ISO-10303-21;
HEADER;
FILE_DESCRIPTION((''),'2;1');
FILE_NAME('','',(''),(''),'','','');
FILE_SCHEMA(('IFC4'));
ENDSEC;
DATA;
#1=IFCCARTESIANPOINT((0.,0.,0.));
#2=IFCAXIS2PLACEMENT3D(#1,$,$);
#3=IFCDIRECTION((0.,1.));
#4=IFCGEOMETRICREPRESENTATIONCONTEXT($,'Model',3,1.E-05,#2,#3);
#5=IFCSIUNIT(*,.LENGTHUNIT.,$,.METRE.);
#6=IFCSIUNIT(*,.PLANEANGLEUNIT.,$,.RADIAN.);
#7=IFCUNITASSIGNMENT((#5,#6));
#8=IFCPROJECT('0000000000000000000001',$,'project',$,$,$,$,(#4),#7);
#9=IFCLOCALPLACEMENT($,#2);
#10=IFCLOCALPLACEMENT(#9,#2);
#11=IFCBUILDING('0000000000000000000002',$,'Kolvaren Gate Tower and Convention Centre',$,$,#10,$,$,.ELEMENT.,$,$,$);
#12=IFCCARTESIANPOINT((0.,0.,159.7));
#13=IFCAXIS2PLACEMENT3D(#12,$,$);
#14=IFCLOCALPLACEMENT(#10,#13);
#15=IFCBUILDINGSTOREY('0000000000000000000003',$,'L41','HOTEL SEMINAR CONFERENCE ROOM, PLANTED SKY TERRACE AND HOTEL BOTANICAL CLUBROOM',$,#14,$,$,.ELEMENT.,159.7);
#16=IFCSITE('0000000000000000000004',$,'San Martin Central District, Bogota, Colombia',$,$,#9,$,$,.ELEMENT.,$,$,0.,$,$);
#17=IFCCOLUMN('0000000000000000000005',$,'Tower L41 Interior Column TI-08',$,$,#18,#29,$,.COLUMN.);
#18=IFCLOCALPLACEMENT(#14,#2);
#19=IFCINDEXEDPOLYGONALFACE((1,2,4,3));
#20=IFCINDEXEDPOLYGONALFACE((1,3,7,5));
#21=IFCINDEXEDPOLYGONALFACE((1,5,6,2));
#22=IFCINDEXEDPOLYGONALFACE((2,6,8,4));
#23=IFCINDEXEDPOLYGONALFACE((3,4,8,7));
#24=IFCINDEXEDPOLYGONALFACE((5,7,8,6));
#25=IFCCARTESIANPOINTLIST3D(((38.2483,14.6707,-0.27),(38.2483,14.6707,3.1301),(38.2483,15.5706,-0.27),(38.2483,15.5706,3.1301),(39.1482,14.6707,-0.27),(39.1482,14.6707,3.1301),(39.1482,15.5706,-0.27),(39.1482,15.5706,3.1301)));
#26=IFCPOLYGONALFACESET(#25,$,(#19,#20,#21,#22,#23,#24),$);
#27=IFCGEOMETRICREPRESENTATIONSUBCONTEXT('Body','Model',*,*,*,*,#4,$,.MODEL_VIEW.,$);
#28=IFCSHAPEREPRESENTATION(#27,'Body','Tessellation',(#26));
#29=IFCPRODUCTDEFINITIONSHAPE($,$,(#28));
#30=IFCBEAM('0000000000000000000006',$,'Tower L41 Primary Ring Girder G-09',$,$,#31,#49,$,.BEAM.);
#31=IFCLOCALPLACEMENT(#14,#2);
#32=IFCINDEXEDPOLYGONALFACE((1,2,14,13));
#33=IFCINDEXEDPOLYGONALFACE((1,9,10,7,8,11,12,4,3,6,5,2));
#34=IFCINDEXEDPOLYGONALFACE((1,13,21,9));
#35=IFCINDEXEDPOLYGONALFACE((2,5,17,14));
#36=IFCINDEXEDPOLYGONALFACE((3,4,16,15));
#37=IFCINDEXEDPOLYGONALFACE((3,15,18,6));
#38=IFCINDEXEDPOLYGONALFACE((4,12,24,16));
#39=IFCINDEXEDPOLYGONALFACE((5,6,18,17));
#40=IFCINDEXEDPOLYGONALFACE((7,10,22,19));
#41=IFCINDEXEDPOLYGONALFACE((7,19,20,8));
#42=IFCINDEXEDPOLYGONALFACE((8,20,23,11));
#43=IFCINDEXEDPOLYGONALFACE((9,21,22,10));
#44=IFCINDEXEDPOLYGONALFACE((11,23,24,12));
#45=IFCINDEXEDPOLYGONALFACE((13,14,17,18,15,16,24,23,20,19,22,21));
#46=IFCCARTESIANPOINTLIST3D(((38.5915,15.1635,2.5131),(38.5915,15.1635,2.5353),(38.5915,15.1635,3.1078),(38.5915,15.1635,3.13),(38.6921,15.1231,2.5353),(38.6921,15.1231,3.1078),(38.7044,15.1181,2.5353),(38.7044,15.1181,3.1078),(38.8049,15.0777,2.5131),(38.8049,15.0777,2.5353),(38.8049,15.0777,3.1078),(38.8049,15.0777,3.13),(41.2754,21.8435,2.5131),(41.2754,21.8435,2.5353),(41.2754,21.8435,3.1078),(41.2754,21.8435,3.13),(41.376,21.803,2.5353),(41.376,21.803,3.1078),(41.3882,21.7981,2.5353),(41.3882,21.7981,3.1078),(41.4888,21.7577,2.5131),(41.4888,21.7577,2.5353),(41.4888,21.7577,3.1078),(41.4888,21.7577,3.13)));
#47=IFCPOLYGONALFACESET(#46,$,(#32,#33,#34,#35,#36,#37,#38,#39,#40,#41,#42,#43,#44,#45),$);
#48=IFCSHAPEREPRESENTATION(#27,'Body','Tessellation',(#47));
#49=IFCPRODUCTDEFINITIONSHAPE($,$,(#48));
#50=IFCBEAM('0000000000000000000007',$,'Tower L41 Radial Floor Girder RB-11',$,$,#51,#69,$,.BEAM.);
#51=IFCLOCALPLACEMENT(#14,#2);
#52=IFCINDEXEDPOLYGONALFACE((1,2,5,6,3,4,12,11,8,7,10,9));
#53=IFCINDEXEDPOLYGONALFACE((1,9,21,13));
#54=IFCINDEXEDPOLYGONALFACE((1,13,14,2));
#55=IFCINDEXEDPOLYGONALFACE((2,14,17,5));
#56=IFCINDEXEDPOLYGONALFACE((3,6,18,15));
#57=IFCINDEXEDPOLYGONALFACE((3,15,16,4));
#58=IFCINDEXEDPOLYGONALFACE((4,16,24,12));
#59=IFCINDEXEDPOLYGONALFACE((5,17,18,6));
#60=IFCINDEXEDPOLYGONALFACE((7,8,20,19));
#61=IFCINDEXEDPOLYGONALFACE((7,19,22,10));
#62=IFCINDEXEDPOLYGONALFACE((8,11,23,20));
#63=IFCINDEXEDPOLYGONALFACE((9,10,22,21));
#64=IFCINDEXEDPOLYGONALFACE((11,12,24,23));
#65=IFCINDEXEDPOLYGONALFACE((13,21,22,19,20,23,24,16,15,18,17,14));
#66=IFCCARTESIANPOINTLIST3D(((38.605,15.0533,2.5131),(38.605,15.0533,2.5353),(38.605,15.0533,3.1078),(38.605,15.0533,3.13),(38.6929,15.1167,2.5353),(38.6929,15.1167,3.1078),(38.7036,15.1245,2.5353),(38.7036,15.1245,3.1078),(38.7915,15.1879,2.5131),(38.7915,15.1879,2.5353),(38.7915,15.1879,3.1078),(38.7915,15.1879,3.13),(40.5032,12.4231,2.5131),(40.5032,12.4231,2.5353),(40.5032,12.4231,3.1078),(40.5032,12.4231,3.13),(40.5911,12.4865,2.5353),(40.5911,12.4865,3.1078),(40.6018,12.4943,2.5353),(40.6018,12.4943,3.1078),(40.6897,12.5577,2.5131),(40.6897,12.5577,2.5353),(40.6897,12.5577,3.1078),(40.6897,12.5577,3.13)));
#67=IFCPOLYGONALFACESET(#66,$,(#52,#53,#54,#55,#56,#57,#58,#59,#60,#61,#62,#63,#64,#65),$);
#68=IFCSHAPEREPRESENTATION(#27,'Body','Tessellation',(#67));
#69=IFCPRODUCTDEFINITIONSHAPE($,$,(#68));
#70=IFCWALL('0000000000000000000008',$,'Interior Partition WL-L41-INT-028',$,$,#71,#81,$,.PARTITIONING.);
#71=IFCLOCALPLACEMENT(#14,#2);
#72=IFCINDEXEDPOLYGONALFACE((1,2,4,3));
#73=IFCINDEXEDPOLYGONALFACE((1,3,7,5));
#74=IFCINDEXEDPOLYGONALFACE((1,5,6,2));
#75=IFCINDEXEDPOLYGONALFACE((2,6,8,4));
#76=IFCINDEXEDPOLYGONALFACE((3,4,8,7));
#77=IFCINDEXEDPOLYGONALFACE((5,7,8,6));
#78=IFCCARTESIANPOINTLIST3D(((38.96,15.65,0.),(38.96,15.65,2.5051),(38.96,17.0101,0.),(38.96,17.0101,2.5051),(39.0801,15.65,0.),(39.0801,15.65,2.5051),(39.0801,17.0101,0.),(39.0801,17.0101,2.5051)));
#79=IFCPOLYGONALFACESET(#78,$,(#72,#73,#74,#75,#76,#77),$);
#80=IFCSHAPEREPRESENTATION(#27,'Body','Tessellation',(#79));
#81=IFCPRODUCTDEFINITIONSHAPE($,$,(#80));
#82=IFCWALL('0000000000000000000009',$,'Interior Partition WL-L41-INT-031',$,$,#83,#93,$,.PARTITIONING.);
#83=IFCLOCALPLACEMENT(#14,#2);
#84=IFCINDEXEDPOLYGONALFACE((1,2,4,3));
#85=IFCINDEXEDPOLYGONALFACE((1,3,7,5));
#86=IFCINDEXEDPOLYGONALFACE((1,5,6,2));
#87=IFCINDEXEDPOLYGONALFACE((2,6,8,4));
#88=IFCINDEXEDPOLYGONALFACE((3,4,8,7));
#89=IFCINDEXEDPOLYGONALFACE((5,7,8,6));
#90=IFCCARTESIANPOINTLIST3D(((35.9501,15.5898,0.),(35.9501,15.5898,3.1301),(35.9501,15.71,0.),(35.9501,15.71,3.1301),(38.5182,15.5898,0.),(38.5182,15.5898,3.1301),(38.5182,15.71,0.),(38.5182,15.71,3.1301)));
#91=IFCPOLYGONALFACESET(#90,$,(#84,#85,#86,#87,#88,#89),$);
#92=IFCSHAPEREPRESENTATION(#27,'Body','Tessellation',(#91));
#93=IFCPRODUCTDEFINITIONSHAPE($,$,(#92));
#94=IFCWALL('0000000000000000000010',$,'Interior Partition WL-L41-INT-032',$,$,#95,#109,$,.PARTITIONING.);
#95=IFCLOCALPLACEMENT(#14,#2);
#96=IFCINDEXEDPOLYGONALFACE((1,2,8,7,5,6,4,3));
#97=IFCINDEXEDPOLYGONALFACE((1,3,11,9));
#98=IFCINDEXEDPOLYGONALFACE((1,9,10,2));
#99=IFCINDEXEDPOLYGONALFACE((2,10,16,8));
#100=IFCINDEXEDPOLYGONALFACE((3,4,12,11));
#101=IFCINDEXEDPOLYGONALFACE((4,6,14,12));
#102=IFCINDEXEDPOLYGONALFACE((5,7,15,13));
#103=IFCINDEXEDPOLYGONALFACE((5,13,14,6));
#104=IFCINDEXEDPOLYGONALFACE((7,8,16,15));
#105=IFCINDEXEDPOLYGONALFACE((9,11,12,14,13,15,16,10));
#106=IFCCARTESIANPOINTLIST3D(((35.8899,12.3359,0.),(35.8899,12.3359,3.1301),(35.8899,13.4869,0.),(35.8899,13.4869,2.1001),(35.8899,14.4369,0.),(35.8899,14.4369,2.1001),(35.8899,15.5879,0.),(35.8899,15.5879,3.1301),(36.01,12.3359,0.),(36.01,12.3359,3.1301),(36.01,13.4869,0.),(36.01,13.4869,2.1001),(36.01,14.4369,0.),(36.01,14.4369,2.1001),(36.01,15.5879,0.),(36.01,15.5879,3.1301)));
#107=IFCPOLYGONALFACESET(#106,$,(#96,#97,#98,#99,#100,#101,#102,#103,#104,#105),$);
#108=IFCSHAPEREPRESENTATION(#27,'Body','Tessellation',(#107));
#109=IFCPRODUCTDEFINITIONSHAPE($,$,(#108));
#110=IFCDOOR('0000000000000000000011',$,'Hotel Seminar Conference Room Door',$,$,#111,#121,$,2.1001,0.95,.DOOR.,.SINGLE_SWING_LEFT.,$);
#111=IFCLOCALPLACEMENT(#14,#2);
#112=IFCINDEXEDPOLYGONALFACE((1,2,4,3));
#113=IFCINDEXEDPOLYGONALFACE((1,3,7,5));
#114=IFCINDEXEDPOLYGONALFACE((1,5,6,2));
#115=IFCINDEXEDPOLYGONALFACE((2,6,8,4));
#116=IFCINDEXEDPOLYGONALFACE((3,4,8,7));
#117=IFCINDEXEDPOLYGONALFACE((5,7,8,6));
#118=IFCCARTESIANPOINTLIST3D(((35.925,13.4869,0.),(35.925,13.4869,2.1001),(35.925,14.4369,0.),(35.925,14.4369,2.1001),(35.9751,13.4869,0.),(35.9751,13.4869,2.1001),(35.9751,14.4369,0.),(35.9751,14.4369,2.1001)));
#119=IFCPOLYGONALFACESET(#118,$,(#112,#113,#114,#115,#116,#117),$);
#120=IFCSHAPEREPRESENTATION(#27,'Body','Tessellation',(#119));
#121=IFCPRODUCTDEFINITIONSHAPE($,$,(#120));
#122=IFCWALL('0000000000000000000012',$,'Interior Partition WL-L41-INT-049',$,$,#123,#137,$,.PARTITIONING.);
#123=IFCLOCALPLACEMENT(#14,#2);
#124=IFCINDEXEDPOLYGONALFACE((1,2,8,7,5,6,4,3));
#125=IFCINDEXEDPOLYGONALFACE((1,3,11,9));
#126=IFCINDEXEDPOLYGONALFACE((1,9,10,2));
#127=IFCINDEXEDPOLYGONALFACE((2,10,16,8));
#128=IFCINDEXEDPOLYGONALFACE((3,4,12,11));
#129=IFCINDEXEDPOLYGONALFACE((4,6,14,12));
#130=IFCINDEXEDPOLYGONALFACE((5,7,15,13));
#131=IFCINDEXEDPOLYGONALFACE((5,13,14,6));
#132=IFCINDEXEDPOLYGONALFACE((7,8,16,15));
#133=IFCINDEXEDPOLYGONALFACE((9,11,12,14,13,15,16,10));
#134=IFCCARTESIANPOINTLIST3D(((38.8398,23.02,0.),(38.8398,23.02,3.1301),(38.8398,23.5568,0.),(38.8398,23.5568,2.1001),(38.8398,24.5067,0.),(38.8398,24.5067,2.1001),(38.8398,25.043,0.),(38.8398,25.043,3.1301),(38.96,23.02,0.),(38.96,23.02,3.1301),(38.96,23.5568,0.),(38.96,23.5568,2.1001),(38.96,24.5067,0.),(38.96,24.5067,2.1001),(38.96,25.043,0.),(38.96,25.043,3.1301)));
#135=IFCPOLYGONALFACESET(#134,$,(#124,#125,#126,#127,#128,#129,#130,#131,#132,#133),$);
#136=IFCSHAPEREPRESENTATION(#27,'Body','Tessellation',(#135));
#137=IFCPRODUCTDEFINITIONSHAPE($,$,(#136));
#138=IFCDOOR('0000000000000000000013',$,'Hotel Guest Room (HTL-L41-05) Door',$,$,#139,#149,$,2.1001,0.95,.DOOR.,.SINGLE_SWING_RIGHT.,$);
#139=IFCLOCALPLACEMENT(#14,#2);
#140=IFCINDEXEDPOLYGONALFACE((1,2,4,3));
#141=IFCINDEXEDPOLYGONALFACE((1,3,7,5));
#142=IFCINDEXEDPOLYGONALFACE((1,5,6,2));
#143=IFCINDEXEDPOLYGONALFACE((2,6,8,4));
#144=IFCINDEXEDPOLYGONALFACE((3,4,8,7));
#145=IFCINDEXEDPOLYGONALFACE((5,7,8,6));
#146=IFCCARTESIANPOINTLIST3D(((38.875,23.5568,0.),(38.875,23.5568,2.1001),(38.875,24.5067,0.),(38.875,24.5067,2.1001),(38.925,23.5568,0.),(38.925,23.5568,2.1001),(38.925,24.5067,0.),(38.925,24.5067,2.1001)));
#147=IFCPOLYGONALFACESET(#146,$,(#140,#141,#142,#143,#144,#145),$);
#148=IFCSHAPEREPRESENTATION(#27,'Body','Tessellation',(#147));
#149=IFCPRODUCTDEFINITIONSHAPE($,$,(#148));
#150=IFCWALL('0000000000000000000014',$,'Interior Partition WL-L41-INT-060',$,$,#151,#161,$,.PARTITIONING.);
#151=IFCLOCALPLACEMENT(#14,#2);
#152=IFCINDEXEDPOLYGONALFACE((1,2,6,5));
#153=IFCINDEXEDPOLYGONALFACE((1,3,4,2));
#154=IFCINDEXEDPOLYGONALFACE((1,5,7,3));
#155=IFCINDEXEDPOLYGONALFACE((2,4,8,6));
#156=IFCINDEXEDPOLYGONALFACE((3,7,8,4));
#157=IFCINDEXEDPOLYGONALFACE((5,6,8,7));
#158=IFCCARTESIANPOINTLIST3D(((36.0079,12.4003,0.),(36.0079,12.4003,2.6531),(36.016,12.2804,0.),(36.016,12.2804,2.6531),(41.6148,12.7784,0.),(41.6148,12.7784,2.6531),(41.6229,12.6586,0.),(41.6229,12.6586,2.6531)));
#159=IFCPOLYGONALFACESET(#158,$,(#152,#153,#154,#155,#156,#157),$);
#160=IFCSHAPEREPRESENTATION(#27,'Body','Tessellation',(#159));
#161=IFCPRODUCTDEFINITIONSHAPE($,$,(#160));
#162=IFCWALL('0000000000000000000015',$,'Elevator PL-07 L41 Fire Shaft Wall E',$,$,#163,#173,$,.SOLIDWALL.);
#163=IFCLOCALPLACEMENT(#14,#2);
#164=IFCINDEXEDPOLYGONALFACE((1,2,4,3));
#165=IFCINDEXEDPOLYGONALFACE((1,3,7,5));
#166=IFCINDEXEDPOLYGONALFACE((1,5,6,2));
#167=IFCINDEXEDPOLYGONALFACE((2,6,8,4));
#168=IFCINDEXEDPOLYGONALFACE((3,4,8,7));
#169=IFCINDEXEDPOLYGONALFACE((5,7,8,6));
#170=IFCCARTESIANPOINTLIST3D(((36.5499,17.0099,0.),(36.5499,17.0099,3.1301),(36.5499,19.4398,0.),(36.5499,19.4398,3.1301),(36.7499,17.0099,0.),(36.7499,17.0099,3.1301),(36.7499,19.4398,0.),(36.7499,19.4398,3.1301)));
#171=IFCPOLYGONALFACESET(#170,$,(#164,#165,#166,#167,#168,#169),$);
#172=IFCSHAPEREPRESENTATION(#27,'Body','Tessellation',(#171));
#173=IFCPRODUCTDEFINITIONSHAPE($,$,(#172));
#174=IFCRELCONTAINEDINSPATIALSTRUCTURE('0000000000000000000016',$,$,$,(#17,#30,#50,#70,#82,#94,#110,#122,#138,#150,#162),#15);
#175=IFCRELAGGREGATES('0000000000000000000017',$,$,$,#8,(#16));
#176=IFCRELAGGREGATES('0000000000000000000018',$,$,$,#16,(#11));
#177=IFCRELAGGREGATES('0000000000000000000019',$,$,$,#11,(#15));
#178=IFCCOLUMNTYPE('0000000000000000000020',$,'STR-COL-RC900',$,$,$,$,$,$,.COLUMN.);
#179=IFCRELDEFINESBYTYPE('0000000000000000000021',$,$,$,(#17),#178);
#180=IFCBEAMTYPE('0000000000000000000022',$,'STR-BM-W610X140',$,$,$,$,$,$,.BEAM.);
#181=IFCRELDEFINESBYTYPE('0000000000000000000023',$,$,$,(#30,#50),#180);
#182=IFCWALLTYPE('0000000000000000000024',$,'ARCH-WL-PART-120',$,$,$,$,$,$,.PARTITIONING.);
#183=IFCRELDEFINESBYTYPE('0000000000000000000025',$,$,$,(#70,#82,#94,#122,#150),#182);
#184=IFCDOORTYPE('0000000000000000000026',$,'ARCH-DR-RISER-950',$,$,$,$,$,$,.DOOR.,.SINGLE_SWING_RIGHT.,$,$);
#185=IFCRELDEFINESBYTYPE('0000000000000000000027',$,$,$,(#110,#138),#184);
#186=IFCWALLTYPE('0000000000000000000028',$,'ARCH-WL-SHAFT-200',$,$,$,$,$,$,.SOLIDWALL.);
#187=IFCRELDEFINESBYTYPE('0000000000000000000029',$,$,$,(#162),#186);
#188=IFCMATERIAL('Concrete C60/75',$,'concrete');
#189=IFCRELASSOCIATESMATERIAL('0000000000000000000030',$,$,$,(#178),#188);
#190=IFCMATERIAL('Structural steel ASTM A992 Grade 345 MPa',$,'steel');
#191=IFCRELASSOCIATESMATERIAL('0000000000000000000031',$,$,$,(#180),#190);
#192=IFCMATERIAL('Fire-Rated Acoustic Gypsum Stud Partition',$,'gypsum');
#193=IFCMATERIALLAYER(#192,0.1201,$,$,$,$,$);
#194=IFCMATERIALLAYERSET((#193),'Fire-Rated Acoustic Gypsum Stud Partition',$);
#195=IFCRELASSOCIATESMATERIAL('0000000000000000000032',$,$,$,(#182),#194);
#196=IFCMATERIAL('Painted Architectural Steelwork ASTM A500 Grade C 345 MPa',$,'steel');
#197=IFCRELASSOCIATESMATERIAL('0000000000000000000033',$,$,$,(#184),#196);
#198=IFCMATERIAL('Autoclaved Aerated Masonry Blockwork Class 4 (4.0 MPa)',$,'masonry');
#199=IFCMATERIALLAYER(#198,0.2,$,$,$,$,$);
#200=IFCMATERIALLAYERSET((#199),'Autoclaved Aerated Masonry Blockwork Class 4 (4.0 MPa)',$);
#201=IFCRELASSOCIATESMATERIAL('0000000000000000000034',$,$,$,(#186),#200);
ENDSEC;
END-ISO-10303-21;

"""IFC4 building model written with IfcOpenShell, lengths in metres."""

from ifc_helpers import new_model, si_unit, direction, frame, frame_2d, origin, origin_2d, place, context, subcontext, project, spatial, rectangle, i_section, extrude, material, layer, layer_set, material_profile, profile_set, type_object, element, fill, save


model = new_model("IFC4")

# Units and contexts
model_context = context("Model", 3, precision=1e-05, world=origin(), true_north=direction((0.0, 1.0)))
body_context = subcontext(model_context, "Body", "Model", "MODEL_VIEW")
ifc_project = project(units=[si_unit("LENGTHUNIT", "METRE"), si_unit("PLANEANGLEUNIT", "RADIAN")], contexts=[model_context])

# Site, building, storey
site_placement = place(None, origin())
site = spatial("IfcSite", under=ifc_project, at=site_placement, Name="San Martin Central District, Bogota, Colombia", CompositionType="ELEMENT", RefElevation=0.0)
building_placement = place(site_placement, origin())
building = spatial("IfcBuilding", under=site, at=building_placement, Name="Kolvaren Gate Tower and Convention Centre", CompositionType="ELEMENT")
storey_placement = place(building_placement, frame((0.0, 0.0, 159.7)))
storey = spatial("IfcBuildingStorey", under=building, at=storey_placement, Name="L41", Description="HOTEL SEMINAR CONFERENCE ROOM, PLANTED SKY TERRACE AND HOTEL BOTANICAL CLUBROOM", CompositionType="ELEMENT", Elevation=159.7)

# Column
ifc_material_1 = material(Name="Concrete C60/75", Category="concrete")
ifc_material_profile_1 = material_profile(ifc_material_1, rectangle(XDim=0.8999, YDim=0.8999, at=origin_2d()), Name="RC-COL-900X900")
ifc_profile_set_1 = profile_set([ifc_material_profile_1], Name="Concrete C60/75")
column_type = type_object("IfcColumnType", Name="STR-COL-RC900", PredefinedType="COLUMN", material=ifc_profile_set_1)
column_placement = place(storey_placement, frame((38.6982, 15.1206, -0.27), z_axis=(0.0, 0.0, 1.0), x_axis=(1.0, 0.0, 0.0)))
element("IfcColumn", 1, at=column_placement, inside=storey, type_object=column_type, Name="Tower L41 Interior Column TI-08", PredefinedType="COLUMN", context=body_context, shape_type="SweptSolid", body=[
    extrude(rectangle(XDim=0.8999, YDim=0.8999, at=origin_2d()), origin(), (0.0, 0.0, 1.0), 3.4001),
])

# Beams
ifc_material_2 = material(Name="Structural steel ASTM A992 Grade 345 MPa", Category="steel")
ifc_material_profile_2 = material_profile(ifc_material_2, i_section(OverallWidth=0.23, OverallDepth=0.6169, WebThickness=0.0132, FlangeThickness=0.0222, at=origin_2d()), Name="W610X140")
ifc_profile_set_2 = profile_set([ifc_material_profile_2], Name="Structural steel ASTM A992 Grade 345 MPa")
beam_type = type_object("IfcBeamType", Name="STR-BM-W610X140", PredefinedType="BEAM", material=ifc_profile_set_2)
beam_1_placement = place(storey_placement, frame((38.6982, 15.1206, 2.8215), z_axis=(0.372811, 0.927907, 0.0), x_axis=(-0.927907, 0.372811, 0.0)))
element("IfcBeam", 2, at=beam_1_placement, inside=storey, type_object=beam_type, Name="Tower L41 Primary Ring Girder G-09", PredefinedType="BEAM", context=body_context, shape_type="SweptSolid", body=[
    extrude(i_section(OverallWidth=0.23, OverallDepth=0.6169, WebThickness=0.0132, FlangeThickness=0.0222, at=origin_2d()), origin(), (0.0, 0.0, 1.0), 7.199),
])
beam_2_placement = place(storey_placement, frame((38.6982, 15.1206, 2.8215), z_axis=(0.585218, -0.810876, 0.0), x_axis=(0.810876, 0.585218, 0.0)))
element("IfcBeam", 3, at=beam_2_placement, inside=storey, type_object=beam_type, Name="Tower L41 Radial Floor Girder RB-11", PredefinedType="BEAM", context=body_context, shape_type="SweptSolid", body=[
    extrude(i_section(OverallWidth=0.23, OverallDepth=0.6169, WebThickness=0.0132, FlangeThickness=0.0222, at=origin_2d()), origin(), (0.0, 0.0, 1.0), 3.2437),
])

# Walls
ifc_material_3 = material(Name="Fire-Rated Acoustic Gypsum Stud Partition", Category="gypsum")
ifc_layer_1 = layer(ifc_material_3, 0.1201)
ifc_layer_set_1 = layer_set([ifc_layer_1], Name="Fire-Rated Acoustic Gypsum Stud Partition")
wall_type_1 = type_object("IfcWallType", Name="ARCH-WL-PART-120", PredefinedType="PARTITIONING", material=ifc_layer_set_1)
wall_1_placement = place(storey_placement, frame((39.02, 15.6499, 0.0), z_axis=(0.0, 0.0, 1.0), x_axis=(0.0, 1.0, 0.0)))
element("IfcWall", 4, at=wall_1_placement, inside=storey, type_object=wall_type_1, Name="Interior Partition WL-L41-INT-028", PredefinedType="PARTITIONING", context=body_context, shape_type="SweptSolid", body=[
    extrude(rectangle(XDim=1.3601, YDim=0.1201, at=frame_2d((0.6802, 0.0))), origin(), (0.0, 0.0, 1.0), 2.5051),
])
wall_2_placement = place(storey_placement, frame((35.95, 15.6499, 0.0), z_axis=(0.0, 0.0, 1.0), x_axis=(1.0, 0.0, 0.0)))
element("IfcWall", 5, at=wall_2_placement, inside=storey, type_object=wall_type_1, Name="Interior Partition WL-L41-INT-031", PredefinedType="PARTITIONING", context=body_context, shape_type="SweptSolid", body=[
    extrude(rectangle(XDim=2.5681, YDim=0.1201, at=frame_2d((1.2842, 0.0))), origin(), (0.0, 0.0, 1.0), 3.1301),
])

# Walls, openings, doors
wall_3_placement = place(storey_placement, frame((35.95, 12.3359, 0.0), z_axis=(0.0, 0.0, 1.0), x_axis=(0.0, 1.0, 0.0)))
wall_3 = element("IfcWall", 6, at=wall_3_placement, inside=storey, type_object=wall_type_1, Name="Interior Partition WL-L41-INT-032", PredefinedType="PARTITIONING", context=body_context, shape_type="SweptSolid", body=[
    extrude(rectangle(XDim=3.252, YDim=0.1201, at=frame_2d((1.626, 0.0))), origin(), (0.0, 0.0, 1.0), 3.1301),
])
opening_1_placement = place(wall_3_placement, frame((1.1509, 0.0, 0.0)))
opening_1 = element("IfcOpeningElement", 7, at=opening_1_placement, cuts=wall_3, PredefinedType="OPENING", context=body_context, shape_type="SweptSolid", body=[
    extrude(rectangle(XDim=0.95, YDim=2.1001, at=frame_2d((0.4751, 1.05))), frame((0.0, 0.0701, 0.0), z_axis=(0.0, -1.0, 0.0), x_axis=(1.0, 0.0, 0.0)), (0.0, 0.0, 1.0), 0.1401),
])
ifc_material_4 = material(Name="Painted Architectural Steelwork ASTM A500 Grade C 345 MPa", Category="steel")
door_type_1 = type_object("IfcDoorType", Name="ARCH-DR-RISER-950", OperationType="SINGLE_SWING_RIGHT", PredefinedType="DOOR", material=ifc_material_4)
door_1_placement = place(opening_1_placement, origin())
door_1 = element("IfcDoor", 8, at=door_1_placement, inside=storey, type_object=door_type_1, Name="Hotel Seminar Conference Room Door", OperationType="SINGLE_SWING_LEFT", OverallHeight=2.1001, OverallWidth=0.95, PredefinedType="DOOR", context=body_context, shape_type="SweptSolid", body=[
    extrude(rectangle(XDim=0.95, YDim=2.1001, at=frame_2d((0.4751, 1.05))), frame((0.0, 0.0249, 0.0), z_axis=(0.0, -1.0, 0.0), x_axis=(1.0, 0.0, 0.0)), (0.0, 0.0, 1.0), 0.05),
])
fill(opening_1, door_1)
wall_4_placement = place(storey_placement, frame((38.8999, 23.02, 0.0), z_axis=(0.0, 0.0, 1.0), x_axis=(0.0, 1.0, 0.0)))
wall_4 = element("IfcWall", 9, at=wall_4_placement, inside=storey, type_object=wall_type_1, Name="Interior Partition WL-L41-INT-049", PredefinedType="PARTITIONING", context=body_context, shape_type="SweptSolid", body=[
    extrude(rectangle(XDim=2.0229, YDim=0.1201, at=frame_2d((1.0115, 0.0))), origin(), (0.0, 0.0, 1.0), 3.1301),
])
opening_2_placement = place(wall_4_placement, frame((0.5366, 0.0, 0.0)))
opening_2 = element("IfcOpeningElement", 10, at=opening_2_placement, cuts=wall_4, PredefinedType="OPENING", context=body_context, shape_type="SweptSolid", body=[
    extrude(rectangle(XDim=0.95, YDim=2.1001, at=frame_2d((0.4751, 1.05))), frame((0.0, 0.0701, 0.0), z_axis=(0.0, -1.0, 0.0), x_axis=(1.0, 0.0, 0.0)), (0.0, 0.0, 1.0), 0.1401),
])
door_2_placement = place(opening_2_placement, origin())
door_2 = element("IfcDoor", 11, at=door_2_placement, inside=storey, type_object=door_type_1, Name="Hotel Guest Room (HTL-L41-05) Door", OperationType="SINGLE_SWING_RIGHT", OverallHeight=2.1001, OverallWidth=0.95, PredefinedType="DOOR", context=body_context, shape_type="SweptSolid", body=[
    extrude(rectangle(XDim=0.95, YDim=2.1001, at=frame_2d((0.4751, 1.05))), frame((0.0, 0.0249, 0.0), z_axis=(0.0, -1.0, 0.0), x_axis=(1.0, 0.0, 0.0)), (0.0, 0.0, 1.0), 0.05),
])
fill(opening_2, door_2)

# Walls
wall_5_placement = place(storey_placement, frame((36.012, 12.3403, 0.0), z_axis=(0.0, 0.0, 1.0), x_axis=(0.997733, 0.067295, 0.0)))
element("IfcWall", 12, at=wall_5_placement, inside=storey, type_object=wall_type_1, Name="Interior Partition WL-L41-INT-060", PredefinedType="PARTITIONING", context=body_context, shape_type="SweptSolid", body=[
    extrude(rectangle(XDim=5.6196, YDim=0.1201, at=frame_2d((2.8098, 0.0))), origin(), (0.0, 0.0, 1.0), 2.6531),
])
ifc_material_5 = material(Name="Autoclaved Aerated Masonry Blockwork Class 4 (4.0 MPa)", Category="masonry")
ifc_layer_2 = layer(ifc_material_5, 0.2)
ifc_layer_set_2 = layer_set([ifc_layer_2], Name="Autoclaved Aerated Masonry Blockwork Class 4 (4.0 MPa)")
wall_type_2 = type_object("IfcWallType", Name="ARCH-WL-SHAFT-200", PredefinedType="SOLIDWALL", material=ifc_layer_set_2)
wall_6_placement = place(storey_placement, frame((36.6499, 17.01, 0.0), z_axis=(0.0, 0.0, 1.0), x_axis=(0.0, 1.0, 0.0)))
element("IfcWall", 13, at=wall_6_placement, inside=storey, type_object=wall_type_2, Name="Elevator PL-07 L41 Fire Shaft Wall E", PredefinedType="SOLIDWALL", context=body_context, shape_type="SweptSolid", body=[
    extrude(rectangle(XDim=2.4299, YDim=0.2, at=frame_2d((1.2148, 0.0))), origin(), (0.0, 0.0, 1.0), 3.1301),
])

save(model, "model.ifc")
